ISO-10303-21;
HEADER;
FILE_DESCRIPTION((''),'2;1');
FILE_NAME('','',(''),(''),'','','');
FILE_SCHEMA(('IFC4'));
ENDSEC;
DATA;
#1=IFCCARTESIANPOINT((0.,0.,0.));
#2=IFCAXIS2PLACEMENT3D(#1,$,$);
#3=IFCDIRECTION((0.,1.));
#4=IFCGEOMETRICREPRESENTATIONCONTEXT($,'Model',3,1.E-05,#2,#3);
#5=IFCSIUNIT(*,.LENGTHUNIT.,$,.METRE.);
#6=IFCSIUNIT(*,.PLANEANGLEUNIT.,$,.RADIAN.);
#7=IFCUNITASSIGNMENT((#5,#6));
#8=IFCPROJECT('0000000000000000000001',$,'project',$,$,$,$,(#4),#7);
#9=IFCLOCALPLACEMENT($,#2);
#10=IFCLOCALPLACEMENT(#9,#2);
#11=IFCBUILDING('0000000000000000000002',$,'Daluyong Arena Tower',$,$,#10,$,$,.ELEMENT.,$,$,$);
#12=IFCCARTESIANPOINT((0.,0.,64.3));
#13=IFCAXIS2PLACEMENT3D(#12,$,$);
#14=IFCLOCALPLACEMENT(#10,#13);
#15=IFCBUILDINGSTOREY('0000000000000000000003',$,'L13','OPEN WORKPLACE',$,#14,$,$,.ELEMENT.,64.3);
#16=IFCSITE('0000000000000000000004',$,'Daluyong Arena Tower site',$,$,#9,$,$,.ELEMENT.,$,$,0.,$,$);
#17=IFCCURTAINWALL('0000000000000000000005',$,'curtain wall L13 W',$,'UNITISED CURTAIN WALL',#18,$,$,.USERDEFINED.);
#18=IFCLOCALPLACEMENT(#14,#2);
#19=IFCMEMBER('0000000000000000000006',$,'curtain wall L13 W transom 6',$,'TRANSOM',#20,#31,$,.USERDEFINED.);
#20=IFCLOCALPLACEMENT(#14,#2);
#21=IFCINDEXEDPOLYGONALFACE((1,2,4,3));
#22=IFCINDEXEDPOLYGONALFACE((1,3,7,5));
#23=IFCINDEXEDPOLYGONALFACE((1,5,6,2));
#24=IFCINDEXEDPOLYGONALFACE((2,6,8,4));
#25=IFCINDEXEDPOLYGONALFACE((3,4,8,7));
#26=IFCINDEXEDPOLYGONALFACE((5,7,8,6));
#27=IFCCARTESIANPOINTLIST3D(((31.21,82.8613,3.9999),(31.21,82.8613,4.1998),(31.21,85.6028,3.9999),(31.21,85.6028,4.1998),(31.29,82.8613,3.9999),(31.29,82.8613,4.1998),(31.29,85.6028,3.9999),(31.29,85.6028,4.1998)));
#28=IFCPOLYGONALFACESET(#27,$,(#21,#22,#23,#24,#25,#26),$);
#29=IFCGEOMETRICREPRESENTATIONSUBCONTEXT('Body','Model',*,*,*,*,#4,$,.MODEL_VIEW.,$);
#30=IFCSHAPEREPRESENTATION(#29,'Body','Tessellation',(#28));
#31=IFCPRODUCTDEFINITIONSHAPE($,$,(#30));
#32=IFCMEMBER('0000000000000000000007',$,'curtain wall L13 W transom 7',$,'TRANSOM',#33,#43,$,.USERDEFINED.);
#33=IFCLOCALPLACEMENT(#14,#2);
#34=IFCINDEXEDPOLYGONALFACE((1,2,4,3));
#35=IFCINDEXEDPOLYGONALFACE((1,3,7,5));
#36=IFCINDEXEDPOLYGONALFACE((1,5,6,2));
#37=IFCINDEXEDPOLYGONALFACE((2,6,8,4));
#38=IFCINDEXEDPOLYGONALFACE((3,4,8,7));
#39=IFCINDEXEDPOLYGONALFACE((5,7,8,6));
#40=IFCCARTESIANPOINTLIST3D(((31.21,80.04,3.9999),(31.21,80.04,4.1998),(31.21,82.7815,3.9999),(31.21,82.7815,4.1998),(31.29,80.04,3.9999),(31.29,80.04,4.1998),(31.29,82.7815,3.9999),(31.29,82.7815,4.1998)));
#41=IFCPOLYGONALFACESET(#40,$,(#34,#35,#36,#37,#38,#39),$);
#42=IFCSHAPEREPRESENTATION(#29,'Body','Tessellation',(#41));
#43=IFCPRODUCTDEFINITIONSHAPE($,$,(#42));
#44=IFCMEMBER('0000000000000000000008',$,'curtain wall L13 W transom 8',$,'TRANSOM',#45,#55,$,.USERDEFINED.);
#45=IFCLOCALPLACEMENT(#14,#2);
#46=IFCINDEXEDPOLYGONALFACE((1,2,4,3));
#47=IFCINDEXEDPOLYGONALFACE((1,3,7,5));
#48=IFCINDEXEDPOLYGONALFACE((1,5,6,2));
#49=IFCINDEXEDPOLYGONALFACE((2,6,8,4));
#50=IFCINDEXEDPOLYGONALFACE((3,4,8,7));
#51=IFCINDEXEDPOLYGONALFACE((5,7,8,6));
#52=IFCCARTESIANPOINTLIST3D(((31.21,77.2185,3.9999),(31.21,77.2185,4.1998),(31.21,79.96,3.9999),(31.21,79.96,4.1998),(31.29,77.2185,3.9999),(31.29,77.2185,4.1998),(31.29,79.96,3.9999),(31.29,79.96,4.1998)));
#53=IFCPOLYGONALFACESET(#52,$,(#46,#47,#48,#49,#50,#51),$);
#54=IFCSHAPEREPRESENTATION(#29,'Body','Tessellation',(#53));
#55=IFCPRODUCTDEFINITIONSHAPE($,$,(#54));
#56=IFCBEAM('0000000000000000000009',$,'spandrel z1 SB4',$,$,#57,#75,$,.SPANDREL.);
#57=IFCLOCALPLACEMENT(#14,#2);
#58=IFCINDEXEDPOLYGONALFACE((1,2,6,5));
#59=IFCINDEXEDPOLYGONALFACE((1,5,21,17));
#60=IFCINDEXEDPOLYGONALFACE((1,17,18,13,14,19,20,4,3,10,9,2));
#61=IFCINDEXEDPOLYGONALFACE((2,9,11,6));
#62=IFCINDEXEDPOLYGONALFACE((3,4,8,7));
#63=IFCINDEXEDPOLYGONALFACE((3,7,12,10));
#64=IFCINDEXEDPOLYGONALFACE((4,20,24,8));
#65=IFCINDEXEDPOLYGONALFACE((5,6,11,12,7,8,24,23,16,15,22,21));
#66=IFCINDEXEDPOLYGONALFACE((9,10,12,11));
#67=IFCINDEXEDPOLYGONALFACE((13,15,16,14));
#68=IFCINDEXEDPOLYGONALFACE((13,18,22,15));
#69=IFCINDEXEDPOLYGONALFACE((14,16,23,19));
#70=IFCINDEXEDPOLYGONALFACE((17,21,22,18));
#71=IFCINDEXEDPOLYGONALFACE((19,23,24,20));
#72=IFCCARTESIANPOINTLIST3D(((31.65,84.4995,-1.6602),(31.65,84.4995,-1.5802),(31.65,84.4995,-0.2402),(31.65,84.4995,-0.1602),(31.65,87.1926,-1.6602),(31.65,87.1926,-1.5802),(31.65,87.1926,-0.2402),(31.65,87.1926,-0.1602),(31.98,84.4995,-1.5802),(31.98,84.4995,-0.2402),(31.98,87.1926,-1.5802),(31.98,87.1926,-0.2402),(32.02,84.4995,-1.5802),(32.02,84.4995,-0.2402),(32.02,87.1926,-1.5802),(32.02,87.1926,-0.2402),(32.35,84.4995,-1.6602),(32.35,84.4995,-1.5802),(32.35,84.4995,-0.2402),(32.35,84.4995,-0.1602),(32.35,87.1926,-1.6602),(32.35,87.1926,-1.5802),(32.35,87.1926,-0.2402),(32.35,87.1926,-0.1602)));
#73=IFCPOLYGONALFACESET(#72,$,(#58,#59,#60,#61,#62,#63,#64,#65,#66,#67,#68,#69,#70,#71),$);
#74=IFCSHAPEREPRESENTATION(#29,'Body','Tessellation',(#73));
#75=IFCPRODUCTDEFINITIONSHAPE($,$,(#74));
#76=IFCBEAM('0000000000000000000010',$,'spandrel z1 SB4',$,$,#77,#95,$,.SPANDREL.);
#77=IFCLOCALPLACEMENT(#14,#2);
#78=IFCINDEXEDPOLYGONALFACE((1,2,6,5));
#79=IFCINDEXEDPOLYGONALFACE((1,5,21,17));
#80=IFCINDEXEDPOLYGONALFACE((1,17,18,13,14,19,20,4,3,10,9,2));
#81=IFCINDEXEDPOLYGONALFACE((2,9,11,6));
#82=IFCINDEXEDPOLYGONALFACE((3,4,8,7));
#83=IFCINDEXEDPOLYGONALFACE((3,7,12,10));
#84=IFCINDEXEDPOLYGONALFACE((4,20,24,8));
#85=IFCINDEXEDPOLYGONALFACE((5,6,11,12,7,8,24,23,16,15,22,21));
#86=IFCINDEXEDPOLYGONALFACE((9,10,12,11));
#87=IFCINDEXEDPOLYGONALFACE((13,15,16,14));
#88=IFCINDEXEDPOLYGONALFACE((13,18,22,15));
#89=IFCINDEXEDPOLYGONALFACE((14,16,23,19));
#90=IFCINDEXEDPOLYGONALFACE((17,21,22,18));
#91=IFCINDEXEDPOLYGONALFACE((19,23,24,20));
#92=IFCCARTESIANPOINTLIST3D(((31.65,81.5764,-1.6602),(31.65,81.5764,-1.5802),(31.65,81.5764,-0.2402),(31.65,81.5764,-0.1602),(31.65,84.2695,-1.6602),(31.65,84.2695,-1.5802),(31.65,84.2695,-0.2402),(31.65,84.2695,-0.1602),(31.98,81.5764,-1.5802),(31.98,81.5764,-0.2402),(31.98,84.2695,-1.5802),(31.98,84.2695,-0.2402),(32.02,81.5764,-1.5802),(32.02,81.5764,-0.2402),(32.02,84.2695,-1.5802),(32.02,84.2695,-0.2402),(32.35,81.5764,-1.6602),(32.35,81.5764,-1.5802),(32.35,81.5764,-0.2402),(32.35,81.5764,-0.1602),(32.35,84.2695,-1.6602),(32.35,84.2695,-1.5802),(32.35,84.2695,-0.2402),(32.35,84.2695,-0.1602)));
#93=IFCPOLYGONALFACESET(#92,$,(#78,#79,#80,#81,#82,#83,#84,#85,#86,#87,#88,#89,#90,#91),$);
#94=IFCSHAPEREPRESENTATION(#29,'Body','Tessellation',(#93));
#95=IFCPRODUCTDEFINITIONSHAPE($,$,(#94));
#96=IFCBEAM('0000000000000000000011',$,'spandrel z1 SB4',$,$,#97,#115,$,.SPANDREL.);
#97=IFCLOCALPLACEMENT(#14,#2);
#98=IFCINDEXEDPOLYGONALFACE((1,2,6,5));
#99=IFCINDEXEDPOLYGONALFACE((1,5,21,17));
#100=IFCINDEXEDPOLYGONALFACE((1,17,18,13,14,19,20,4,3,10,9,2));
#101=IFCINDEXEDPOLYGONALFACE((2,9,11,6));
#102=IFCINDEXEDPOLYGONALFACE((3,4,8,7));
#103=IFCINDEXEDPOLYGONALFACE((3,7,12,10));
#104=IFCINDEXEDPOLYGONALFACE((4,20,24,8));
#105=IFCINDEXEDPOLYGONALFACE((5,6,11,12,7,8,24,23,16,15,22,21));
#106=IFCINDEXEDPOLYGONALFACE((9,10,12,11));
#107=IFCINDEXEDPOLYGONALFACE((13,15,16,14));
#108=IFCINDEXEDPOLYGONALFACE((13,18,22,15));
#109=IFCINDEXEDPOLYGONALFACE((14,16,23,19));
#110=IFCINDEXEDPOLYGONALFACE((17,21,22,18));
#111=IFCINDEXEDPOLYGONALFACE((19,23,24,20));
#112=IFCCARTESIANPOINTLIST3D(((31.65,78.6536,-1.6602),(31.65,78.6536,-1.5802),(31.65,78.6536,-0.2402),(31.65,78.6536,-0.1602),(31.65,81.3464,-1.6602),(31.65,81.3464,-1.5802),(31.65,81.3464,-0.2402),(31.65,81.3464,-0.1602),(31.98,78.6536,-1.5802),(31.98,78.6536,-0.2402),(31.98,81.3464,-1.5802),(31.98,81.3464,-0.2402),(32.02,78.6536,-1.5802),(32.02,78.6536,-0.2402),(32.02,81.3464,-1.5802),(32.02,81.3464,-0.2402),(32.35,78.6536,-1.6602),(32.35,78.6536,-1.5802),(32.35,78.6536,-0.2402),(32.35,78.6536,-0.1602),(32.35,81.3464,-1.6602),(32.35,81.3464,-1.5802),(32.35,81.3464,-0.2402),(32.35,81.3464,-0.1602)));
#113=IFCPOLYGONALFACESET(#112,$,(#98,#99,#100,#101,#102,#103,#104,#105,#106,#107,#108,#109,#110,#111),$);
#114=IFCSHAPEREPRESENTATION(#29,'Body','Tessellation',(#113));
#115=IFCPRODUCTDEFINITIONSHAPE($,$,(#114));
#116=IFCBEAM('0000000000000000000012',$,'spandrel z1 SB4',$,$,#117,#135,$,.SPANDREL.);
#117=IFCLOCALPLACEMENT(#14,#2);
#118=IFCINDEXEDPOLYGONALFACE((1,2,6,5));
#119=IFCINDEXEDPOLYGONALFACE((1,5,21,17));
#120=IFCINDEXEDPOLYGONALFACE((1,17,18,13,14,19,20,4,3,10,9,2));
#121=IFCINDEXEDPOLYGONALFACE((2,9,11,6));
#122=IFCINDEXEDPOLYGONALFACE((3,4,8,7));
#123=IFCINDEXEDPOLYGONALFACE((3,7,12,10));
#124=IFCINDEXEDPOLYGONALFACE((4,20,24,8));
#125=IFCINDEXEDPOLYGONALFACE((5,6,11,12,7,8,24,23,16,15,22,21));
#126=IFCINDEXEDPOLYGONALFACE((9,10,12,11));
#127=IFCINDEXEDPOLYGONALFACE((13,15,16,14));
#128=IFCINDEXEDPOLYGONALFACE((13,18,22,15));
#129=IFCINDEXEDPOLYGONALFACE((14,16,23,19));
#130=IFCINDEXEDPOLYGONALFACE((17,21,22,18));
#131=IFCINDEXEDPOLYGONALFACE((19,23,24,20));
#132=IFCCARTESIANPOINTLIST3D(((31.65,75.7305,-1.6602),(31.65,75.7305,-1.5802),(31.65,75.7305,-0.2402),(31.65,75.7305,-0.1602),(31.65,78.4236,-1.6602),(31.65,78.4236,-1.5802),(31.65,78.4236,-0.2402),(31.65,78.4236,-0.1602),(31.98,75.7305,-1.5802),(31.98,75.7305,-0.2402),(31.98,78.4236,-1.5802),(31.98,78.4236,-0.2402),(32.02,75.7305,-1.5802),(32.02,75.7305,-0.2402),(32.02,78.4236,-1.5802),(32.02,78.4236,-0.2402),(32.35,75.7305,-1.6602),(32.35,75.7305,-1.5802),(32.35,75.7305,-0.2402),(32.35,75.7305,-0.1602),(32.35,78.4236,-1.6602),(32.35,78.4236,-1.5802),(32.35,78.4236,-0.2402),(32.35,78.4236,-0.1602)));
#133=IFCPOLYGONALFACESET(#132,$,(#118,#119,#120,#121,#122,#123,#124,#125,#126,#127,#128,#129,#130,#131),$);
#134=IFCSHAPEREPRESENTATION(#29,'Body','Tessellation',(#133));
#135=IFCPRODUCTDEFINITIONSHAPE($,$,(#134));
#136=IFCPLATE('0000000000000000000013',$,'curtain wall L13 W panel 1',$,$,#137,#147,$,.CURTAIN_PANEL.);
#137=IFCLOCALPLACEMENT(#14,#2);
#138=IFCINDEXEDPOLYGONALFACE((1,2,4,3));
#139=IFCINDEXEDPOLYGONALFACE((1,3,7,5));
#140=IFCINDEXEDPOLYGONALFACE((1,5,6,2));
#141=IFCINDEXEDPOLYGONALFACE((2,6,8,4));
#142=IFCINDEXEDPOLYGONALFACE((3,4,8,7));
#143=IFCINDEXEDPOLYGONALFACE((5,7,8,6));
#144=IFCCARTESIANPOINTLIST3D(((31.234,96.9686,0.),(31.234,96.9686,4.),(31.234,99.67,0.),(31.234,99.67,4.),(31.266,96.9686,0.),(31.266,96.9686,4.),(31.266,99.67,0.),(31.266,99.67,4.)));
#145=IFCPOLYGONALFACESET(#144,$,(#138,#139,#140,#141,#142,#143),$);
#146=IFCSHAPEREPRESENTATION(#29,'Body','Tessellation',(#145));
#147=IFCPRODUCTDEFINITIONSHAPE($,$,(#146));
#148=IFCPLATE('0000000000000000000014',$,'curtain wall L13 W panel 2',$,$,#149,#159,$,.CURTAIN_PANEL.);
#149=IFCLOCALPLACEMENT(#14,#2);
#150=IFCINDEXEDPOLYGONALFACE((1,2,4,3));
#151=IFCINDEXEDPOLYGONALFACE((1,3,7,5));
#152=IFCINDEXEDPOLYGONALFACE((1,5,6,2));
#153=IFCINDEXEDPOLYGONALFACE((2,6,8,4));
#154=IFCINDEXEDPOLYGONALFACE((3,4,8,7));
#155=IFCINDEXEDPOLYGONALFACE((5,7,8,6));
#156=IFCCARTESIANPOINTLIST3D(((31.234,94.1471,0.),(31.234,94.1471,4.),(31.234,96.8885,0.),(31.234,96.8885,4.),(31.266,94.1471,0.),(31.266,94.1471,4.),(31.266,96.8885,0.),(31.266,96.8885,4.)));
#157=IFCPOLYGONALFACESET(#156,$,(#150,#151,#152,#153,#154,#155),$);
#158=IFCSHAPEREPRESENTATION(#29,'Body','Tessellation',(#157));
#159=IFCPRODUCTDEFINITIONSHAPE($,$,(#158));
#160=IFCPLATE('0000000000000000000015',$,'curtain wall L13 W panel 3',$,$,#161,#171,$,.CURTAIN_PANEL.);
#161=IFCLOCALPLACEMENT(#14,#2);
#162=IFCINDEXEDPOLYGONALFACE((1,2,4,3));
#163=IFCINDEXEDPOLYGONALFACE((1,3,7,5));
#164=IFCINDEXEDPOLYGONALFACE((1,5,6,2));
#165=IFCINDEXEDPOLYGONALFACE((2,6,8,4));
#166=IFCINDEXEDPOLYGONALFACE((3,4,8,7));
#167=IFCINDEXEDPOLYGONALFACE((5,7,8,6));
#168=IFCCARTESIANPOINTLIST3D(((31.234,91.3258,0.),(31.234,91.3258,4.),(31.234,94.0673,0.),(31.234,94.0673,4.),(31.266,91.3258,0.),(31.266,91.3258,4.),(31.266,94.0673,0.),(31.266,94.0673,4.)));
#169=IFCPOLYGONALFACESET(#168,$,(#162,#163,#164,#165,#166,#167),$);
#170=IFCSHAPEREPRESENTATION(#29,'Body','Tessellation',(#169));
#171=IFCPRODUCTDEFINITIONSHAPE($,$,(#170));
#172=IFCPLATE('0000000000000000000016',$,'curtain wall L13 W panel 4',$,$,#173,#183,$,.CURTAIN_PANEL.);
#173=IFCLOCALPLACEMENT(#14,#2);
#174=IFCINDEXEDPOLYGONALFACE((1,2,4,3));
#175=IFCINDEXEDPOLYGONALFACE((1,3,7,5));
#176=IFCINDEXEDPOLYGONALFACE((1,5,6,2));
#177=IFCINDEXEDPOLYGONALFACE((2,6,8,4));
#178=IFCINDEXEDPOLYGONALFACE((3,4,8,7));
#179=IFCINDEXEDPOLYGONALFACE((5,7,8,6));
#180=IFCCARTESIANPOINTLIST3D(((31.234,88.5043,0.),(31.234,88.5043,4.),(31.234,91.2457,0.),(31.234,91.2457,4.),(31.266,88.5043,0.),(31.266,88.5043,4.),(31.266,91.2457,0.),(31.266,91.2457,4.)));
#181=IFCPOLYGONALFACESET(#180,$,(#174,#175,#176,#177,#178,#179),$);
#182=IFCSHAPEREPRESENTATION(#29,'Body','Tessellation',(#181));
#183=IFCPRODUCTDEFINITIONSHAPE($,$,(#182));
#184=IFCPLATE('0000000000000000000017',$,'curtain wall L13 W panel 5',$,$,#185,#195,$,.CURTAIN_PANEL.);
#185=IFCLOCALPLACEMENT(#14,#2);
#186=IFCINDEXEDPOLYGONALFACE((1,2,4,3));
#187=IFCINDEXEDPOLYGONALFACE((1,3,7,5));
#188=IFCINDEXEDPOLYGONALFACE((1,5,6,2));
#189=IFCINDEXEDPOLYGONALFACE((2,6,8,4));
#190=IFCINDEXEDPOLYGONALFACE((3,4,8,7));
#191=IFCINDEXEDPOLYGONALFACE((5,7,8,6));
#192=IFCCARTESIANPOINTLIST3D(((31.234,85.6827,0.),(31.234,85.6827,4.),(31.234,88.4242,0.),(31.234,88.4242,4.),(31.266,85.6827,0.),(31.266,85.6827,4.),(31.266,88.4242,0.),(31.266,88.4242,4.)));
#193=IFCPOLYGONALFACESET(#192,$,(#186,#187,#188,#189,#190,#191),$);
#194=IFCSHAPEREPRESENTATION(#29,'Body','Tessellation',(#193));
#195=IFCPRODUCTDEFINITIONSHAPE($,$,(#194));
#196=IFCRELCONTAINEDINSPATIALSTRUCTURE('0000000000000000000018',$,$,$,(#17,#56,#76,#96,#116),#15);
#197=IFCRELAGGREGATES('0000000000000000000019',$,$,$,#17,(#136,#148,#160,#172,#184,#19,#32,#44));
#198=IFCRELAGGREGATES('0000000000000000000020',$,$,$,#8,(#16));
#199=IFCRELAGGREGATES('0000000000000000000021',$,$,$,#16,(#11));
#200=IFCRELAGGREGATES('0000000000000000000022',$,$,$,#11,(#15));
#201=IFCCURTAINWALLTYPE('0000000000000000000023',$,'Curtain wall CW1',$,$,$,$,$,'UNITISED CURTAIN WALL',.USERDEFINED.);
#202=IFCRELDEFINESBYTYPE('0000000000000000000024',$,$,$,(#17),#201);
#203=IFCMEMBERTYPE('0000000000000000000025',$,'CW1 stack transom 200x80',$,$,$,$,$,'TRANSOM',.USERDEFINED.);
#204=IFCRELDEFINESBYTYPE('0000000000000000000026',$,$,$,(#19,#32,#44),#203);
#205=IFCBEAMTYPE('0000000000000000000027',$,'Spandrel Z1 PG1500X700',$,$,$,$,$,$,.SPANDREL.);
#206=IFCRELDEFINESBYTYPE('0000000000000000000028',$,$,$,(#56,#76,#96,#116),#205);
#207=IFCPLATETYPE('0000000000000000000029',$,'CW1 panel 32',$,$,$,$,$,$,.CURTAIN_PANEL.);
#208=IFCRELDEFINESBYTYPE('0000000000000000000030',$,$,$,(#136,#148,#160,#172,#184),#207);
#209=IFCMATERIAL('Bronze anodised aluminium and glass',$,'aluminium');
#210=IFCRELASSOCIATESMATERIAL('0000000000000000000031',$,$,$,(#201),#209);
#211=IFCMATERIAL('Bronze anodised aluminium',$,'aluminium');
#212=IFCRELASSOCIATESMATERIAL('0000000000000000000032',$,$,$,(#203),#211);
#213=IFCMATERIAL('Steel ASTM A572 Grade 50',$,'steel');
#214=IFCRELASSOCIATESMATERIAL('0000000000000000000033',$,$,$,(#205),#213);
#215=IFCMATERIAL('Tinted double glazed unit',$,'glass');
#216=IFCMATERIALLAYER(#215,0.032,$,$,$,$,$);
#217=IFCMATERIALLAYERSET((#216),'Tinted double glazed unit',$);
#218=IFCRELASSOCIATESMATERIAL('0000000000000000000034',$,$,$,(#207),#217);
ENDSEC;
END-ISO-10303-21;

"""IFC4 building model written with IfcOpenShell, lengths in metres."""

from ifc_helpers import new_model, si_unit, direction, frame, origin, origin_2d, place, context, subcontext, project, spatial, rectangle, i_section, extrude, material, layer, layer_set, material_profile, profile_set, type_object, element, aggregate, save


model = new_model("IFC4")

# Units and contexts
model_context = context("Model", 3, precision=1e-05, world=origin(), true_north=direction((0.0, 1.0)))
body_context = subcontext(model_context, "Body", "Model", "MODEL_VIEW")
ifc_project = project(units=[si_unit("LENGTHUNIT", "METRE"), si_unit("PLANEANGLEUNIT", "RADIAN")], contexts=[model_context])

# Site, building, storey
site_placement = place(None, origin())
site = spatial("IfcSite", under=ifc_project, at=site_placement, Name="Daluyong Arena Tower site", CompositionType="ELEMENT", RefElevation=0.0)
building_placement = place(site_placement, origin())
building = spatial("IfcBuilding", under=site, at=building_placement, Name="Daluyong Arena Tower", CompositionType="ELEMENT")
storey_placement = place(building_placement, frame((0.0, 0.0, 64.3)))
storey = spatial("IfcBuildingStorey", under=building, at=storey_placement, Name="L13", Description="OPEN WORKPLACE", CompositionType="ELEMENT", Elevation=64.3)

# Curtain wall, members
ifc_material_1 = material(Name="Bronze anodised aluminium and glass", Category="aluminium")
curtain_wall_type = type_object("IfcCurtainWallType", Name="Curtain wall CW1", ElementType="UNITISED CURTAIN WALL", PredefinedType="USERDEFINED", material=ifc_material_1)
curtain_wall_placement = place(storey_placement, origin())
curtain_wall = element("IfcCurtainWall", 1, at=curtain_wall_placement, inside=storey, type_object=curtain_wall_type, Name="curtain wall L13 W", ObjectType="UNITISED CURTAIN WALL", PredefinedType="USERDEFINED")
ifc_material_2 = material(Name="Bronze anodised aluminium", Category="aluminium")
ifc_material_profile_1 = material_profile(ifc_material_2, rectangle(XDim=0.0801, YDim=0.2, at=origin_2d()))
ifc_profile_set_1 = profile_set([ifc_material_profile_1], Name="Bronze anodised aluminium")
member_type_1 = type_object("IfcMemberType", Name="CW1 stack transom 200x80", ElementType="TRANSOM", PredefinedType="USERDEFINED", material=ifc_profile_set_1)
member_1_placement = place(storey_placement, frame((31.25, 85.6028, 4.0999), z_axis=(0.0, -1.0, 0.0), x_axis=(1.0, 0.0, 0.0)))
member_1 = element("IfcMember", 2, at=member_1_placement, type_object=member_type_1, Name="curtain wall L13 W transom 6", ObjectType="TRANSOM", PredefinedType="USERDEFINED", context=body_context, shape_type="SweptSolid", body=[
    extrude(rectangle(XDim=0.0801, YDim=0.2, at=origin_2d()), origin(), (0.0, 0.0, 1.0), 2.7415),
])
member_2_placement = place(storey_placement, frame((31.25, 82.7815, 4.0999), z_axis=(0.0, -1.0, 0.0), x_axis=(1.0, 0.0, 0.0)))
member_2 = element("IfcMember", 3, at=member_2_placement, type_object=member_type_1, Name="curtain wall L13 W transom 7", ObjectType="TRANSOM", PredefinedType="USERDEFINED", context=body_context, shape_type="SweptSolid", body=[
    extrude(rectangle(XDim=0.0801, YDim=0.2, at=origin_2d()), origin(), (0.0, 0.0, 1.0), 2.7415),
])
member_3_placement = place(storey_placement, frame((31.25, 79.96, 4.0999), z_axis=(0.0, -1.0, 0.0), x_axis=(1.0, 0.0, 0.0)))
member_3 = element("IfcMember", 4, at=member_3_placement, type_object=member_type_1, Name="curtain wall L13 W transom 8", ObjectType="TRANSOM", PredefinedType="USERDEFINED", context=body_context, shape_type="SweptSolid", body=[
    extrude(rectangle(XDim=0.0801, YDim=0.2, at=origin_2d()), origin(), (0.0, 0.0, 1.0), 2.7415),
])

# Beams
ifc_material_3 = material(Name="Steel ASTM A572 Grade 50", Category="steel")
ifc_material_profile_2 = material_profile(ifc_material_3, i_section(OverallWidth=0.7, OverallDepth=1.5, WebThickness=0.04, FlangeThickness=0.08, at=origin_2d()))
ifc_profile_set_2 = profile_set([ifc_material_profile_2], Name="Steel ASTM A572 Grade 50")
beam_type = type_object("IfcBeamType", Name="Spandrel Z1 PG1500X700", PredefinedType="SPANDREL", material=ifc_profile_set_2)
for number, where, z_axis, x_axis, name in (
    (5, (32.0, 87.1926, -0.9102), (0.0, -1.0, 0.0), (1.0, 0.0, 0.0), "spandrel z1 SB4"),
    (6, (32.0, 84.2695, -0.9102), (0.0, -1.0, 0.0), (1.0, 0.0, 0.0), "spandrel z1 SB4"),
):
    element("IfcBeam", number, at=place(storey_placement, frame(where, z_axis=z_axis, x_axis=x_axis)), inside=storey, type_object=beam_type, Name=name, PredefinedType="SPANDREL", context=body_context, shape_type="SweptSolid", body=[
        extrude(i_section(OverallWidth=0.7, OverallDepth=1.5, WebThickness=0.04, FlangeThickness=0.08, at=origin_2d()), origin(), (0.0, 0.0, 1.0), 2.6931),
    ])
beam_1_placement = place(storey_placement, frame((32.0, 81.3464, -0.9102), z_axis=(0.0, -1.0, 0.0), x_axis=(1.0, 0.0, 0.0)))
element("IfcBeam", 7, at=beam_1_placement, inside=storey, type_object=beam_type, Name="spandrel z1 SB4", PredefinedType="SPANDREL", context=body_context, shape_type="SweptSolid", body=[
    extrude(i_section(OverallWidth=0.7, OverallDepth=1.5, WebThickness=0.04, FlangeThickness=0.08, at=origin_2d()), origin(), (0.0, 0.0, 1.0), 2.6929),
])
beam_2_placement = place(storey_placement, frame((32.0, 78.4236, -0.9102), z_axis=(0.0, -1.0, 0.0), x_axis=(1.0, 0.0, 0.0)))
element("IfcBeam", 8, at=beam_2_placement, inside=storey, type_object=beam_type, Name="spandrel z1 SB4", PredefinedType="SPANDREL", context=body_context, shape_type="SweptSolid", body=[
    extrude(i_section(OverallWidth=0.7, OverallDepth=1.5, WebThickness=0.04, FlangeThickness=0.08, at=origin_2d()), origin(), (0.0, 0.0, 1.0), 2.6931),
])

# Plates
ifc_material_4 = material(Name="Tinted double glazed unit", Category="glass")
ifc_layer_1 = layer(ifc_material_4, 0.032)
ifc_layer_set_1 = layer_set([ifc_layer_1], Name="Tinted double glazed unit")
plate_type = type_object("IfcPlateType", Name="CW1 panel 32", PredefinedType="CURTAIN_PANEL", material=ifc_layer_set_1)
plate_1_placement = place(storey_placement, frame((31.25, 98.3193, 0.0), z_axis=(0.0, 0.0, 1.0), x_axis=(0.0, -1.0, 0.0)))
plate_1 = element("IfcPlate", 9, at=plate_1_placement, type_object=plate_type, Name="curtain wall L13 W panel 1", PredefinedType="CURTAIN_PANEL", context=body_context, shape_type="SweptSolid", body=[
    extrude(rectangle(XDim=2.7014, YDim=0.032, at=origin_2d()), origin(), (0.0, 0.0, 1.0), 4.0),
])
plate_2_placement = place(storey_placement, frame((31.25, 95.5178, 0.0), z_axis=(0.0, 0.0, 1.0), x_axis=(0.0, -1.0, 0.0)))
plate_2 = element("IfcPlate", 10, at=plate_2_placement, type_object=plate_type, Name="curtain wall L13 W panel 2", PredefinedType="CURTAIN_PANEL", context=body_context, shape_type="SweptSolid", body=[
    extrude(rectangle(XDim=2.7415, YDim=0.032, at=origin_2d()), origin(), (0.0, 0.0, 1.0), 4.0),
])
plate_3_placement = place(storey_placement, frame((31.25, 92.6965, 0.0), z_axis=(0.0, 0.0, 1.0), x_axis=(0.0, -1.0, 0.0)))
plate_3 = element("IfcPlate", 11, at=plate_3_placement, type_object=plate_type, Name="curtain wall L13 W panel 3", PredefinedType="CURTAIN_PANEL", context=body_context, shape_type="SweptSolid", body=[
    extrude(rectangle(XDim=2.7415, YDim=0.032, at=origin_2d()), origin(), (0.0, 0.0, 1.0), 4.0),
])
plate_4_placement = place(storey_placement, frame((31.25, 89.875, 0.0), z_axis=(0.0, 0.0, 1.0), x_axis=(0.0, -1.0, 0.0)))
plate_4 = element("IfcPlate", 12, at=plate_4_placement, type_object=plate_type, Name="curtain wall L13 W panel 4", PredefinedType="CURTAIN_PANEL", context=body_context, shape_type="SweptSolid", body=[
    extrude(rectangle(XDim=2.7415, YDim=0.032, at=origin_2d()), origin(), (0.0, 0.0, 1.0), 4.0),
])
plate_5_placement = place(storey_placement, frame((31.25, 87.0535, 0.0), z_axis=(0.0, 0.0, 1.0), x_axis=(0.0, -1.0, 0.0)))
plate_5 = element("IfcPlate", 13, at=plate_5_placement, type_object=plate_type, Name="curtain wall L13 W panel 5", PredefinedType="CURTAIN_PANEL", context=body_context, shape_type="SweptSolid", body=[
    extrude(rectangle(XDim=2.7415, YDim=0.032, at=origin_2d()), origin(), (0.0, 0.0, 1.0), 4.0),
])
aggregate(curtain_wall, [plate_1, plate_2, plate_3, plate_4, plate_5, member_1, member_2, member_3])

save(model, "model.ifc")
